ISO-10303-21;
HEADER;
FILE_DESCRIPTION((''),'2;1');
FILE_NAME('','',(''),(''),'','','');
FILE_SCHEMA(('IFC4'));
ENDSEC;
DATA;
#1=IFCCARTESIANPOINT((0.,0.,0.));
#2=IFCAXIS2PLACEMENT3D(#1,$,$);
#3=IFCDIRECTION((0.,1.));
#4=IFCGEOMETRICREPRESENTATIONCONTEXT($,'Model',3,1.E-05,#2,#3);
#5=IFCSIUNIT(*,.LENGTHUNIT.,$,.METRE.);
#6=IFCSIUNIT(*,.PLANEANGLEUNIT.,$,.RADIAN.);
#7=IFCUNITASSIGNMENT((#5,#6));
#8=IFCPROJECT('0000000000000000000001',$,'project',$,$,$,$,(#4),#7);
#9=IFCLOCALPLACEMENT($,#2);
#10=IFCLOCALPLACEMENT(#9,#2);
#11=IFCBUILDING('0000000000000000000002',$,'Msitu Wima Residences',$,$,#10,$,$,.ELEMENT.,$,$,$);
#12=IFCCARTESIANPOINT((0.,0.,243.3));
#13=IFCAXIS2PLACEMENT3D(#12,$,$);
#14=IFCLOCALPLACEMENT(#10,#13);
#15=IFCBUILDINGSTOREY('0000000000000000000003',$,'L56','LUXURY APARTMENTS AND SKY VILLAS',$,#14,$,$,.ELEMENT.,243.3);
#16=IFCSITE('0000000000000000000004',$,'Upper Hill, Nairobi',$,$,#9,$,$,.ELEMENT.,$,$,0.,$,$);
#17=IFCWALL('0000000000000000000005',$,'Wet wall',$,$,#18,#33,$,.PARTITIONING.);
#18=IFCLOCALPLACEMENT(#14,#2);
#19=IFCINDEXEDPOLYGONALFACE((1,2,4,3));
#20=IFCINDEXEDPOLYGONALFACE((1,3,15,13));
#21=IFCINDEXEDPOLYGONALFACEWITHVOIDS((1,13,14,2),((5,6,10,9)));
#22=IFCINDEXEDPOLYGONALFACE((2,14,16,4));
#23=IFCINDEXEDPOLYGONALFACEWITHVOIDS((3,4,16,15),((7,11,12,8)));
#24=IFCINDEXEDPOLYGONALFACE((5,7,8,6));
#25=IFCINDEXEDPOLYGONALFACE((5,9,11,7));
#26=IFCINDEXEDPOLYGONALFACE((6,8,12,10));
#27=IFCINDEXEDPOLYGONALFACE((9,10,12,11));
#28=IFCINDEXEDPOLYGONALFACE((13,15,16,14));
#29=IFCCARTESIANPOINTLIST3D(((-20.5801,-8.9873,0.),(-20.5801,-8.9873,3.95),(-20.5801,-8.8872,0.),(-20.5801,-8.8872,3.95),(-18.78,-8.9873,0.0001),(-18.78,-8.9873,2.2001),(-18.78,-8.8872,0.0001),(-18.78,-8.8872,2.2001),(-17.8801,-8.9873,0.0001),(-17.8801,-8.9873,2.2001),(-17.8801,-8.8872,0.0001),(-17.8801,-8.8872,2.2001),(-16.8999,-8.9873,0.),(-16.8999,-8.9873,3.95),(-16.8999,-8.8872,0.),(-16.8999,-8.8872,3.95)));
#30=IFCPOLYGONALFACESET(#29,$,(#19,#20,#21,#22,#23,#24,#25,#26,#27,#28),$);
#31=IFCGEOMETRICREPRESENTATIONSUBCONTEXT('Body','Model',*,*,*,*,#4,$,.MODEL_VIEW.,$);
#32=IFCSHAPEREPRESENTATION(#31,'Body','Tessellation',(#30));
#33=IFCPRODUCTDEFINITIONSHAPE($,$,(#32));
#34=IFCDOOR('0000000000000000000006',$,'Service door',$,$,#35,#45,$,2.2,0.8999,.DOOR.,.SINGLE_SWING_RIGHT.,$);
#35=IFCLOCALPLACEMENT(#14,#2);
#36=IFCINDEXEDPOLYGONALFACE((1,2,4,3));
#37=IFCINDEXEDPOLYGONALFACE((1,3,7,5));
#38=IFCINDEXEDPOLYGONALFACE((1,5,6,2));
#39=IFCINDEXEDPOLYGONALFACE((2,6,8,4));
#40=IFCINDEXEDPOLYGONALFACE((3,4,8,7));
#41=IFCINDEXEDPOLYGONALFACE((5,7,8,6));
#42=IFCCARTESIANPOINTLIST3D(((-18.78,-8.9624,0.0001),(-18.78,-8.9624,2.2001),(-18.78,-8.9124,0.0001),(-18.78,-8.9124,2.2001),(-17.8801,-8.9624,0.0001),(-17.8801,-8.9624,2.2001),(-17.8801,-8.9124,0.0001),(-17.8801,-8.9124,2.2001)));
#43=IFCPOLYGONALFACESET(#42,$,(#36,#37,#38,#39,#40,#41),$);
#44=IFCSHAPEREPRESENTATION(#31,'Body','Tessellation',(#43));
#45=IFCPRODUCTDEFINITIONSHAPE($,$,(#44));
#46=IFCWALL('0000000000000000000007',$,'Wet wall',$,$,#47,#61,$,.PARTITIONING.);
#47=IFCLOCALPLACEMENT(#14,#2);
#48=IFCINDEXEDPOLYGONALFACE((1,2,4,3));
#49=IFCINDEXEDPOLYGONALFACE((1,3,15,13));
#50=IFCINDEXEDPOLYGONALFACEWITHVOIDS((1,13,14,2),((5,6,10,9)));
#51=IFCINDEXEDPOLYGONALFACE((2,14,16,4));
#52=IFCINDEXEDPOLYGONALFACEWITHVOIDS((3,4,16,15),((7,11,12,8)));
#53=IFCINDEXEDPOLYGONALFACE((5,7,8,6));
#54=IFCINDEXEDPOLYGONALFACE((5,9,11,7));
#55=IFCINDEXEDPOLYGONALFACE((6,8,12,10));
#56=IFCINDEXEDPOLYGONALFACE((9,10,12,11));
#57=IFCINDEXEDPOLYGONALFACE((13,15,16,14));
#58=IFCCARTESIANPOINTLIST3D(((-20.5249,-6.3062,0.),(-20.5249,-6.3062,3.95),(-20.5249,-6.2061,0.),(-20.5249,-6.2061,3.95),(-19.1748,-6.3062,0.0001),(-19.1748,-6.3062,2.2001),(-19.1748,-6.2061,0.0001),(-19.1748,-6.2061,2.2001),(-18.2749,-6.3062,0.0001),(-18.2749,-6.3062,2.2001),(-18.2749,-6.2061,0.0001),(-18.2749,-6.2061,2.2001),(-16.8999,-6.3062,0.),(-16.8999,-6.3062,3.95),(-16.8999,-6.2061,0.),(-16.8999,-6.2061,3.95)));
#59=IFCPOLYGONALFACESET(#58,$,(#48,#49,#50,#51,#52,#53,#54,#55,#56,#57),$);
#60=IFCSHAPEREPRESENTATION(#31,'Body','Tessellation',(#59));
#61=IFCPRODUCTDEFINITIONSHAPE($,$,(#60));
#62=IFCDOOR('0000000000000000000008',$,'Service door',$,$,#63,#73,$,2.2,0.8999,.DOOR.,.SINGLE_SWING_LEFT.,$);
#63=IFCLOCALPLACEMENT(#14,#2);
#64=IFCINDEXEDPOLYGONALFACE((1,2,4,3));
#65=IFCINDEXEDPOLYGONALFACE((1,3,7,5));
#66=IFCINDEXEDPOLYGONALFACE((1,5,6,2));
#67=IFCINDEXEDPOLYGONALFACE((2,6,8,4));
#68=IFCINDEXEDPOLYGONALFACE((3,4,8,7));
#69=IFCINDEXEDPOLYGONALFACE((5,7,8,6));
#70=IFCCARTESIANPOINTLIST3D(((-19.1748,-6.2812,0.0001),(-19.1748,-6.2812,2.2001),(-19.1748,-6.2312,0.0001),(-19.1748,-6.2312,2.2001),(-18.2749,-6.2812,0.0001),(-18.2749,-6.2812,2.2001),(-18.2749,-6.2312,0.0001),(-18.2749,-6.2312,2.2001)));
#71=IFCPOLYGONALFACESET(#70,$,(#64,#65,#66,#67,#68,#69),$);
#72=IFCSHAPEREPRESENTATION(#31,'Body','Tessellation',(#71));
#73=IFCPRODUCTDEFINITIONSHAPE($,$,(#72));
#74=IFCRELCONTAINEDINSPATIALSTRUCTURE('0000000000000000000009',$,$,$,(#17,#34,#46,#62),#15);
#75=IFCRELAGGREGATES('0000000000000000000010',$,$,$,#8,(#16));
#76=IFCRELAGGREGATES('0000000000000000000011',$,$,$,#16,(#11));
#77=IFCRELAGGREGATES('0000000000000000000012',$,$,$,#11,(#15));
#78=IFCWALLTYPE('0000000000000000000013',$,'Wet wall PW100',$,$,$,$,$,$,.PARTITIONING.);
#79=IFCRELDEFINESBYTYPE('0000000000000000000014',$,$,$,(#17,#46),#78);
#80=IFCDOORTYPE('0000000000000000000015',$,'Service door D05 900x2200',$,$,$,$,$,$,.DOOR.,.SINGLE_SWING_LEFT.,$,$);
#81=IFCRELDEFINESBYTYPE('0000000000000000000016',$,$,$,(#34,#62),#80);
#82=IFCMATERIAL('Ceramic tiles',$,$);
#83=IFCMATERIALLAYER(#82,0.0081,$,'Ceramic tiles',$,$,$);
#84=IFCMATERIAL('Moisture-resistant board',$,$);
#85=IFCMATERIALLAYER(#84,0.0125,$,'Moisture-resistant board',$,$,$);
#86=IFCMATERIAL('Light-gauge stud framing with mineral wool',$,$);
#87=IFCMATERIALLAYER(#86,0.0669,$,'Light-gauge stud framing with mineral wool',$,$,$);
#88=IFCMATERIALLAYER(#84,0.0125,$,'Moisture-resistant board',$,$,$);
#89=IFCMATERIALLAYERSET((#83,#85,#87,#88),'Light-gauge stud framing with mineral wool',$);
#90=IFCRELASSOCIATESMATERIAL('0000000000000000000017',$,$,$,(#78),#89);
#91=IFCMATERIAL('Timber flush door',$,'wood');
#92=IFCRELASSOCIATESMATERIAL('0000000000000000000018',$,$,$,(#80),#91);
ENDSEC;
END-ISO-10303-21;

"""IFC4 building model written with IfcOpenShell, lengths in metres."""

from ifc_helpers import new_model, si_unit, direction, frame, frame_2d, origin, place, context, subcontext, project, spatial, rectangle, extrude, material, layer, layer_set, type_object, element, fill, save


model = new_model("IFC4")

# Units and contexts
model_context = context("Model", 3, precision=1e-05, world=origin(), true_north=direction((0.0, 1.0)))
body_context = subcontext(model_context, "Body", "Model", "MODEL_VIEW")
ifc_project = project(units=[si_unit("LENGTHUNIT", "METRE"), si_unit("PLANEANGLEUNIT", "RADIAN")], contexts=[model_context])

# Site, building, storey
site_placement = place(None, origin())
site = spatial("IfcSite", under=ifc_project, at=site_placement, Name="Upper Hill, Nairobi", CompositionType="ELEMENT", RefElevation=0.0)
building_placement = place(site_placement, origin())
building = spatial("IfcBuilding", under=site, at=building_placement, Name="Msitu Wima Residences", CompositionType="ELEMENT")
storey_placement = place(building_placement, frame((0.0, 0.0, 243.3)))
storey = spatial("IfcBuildingStorey", under=building, at=storey_placement, Name="L56", Description="LUXURY APARTMENTS AND SKY VILLAS", CompositionType="ELEMENT", Elevation=243.3)

# Shared definitions
ifc_material_1 = material(Name="Timber flush door", Category="wood")

# Shared definitions
ifc_material_2 = material(Name="Ceramic tiles")
ifc_layer_1 = layer(ifc_material_2, 0.0081, Name="Ceramic tiles")
ifc_material_3 = material(Name="Moisture-resistant board")
ifc_layer_2 = layer(ifc_material_3, 0.0125, Name="Moisture-resistant board")
ifc_material_4 = material(Name="Light-gauge stud framing with mineral wool")
ifc_layer_3 = layer(ifc_material_4, 0.0669, Name="Light-gauge stud framing with mineral wool")
ifc_layer_4 = layer(ifc_material_3, 0.0125, Name="Moisture-resistant board")
ifc_layer_set_1 = layer_set([ifc_layer_1, ifc_layer_2, ifc_layer_3, ifc_layer_4], Name="Light-gauge stud framing with mineral wool")
wall_type_1 = type_object("IfcWallType", Name="Wet wall PW100", PredefinedType="PARTITIONING", material=ifc_layer_set_1)

# Walls, openings, doors
wall_1_placement = place(storey_placement, frame((-20.5801, -8.9373, 0.0), z_axis=(0.0, 0.0, 1.0), x_axis=(1.0, 0.0, 0.0)))
wall_1 = element("IfcWall", 1, at=wall_1_placement, inside=storey, type_object=wall_type_1, Name="Wet wall", PredefinedType="PARTITIONING", context=body_context, shape_type="SweptSolid", body=[
    extrude(rectangle(XDim=3.6802, YDim=0.1001, at=frame_2d((1.8401, 0.0))), origin(), (0.0, 0.0, 1.0), 3.95),
])
opening_1_placement = place(wall_1_placement, frame((1.8, 0.0, 0.0)))
opening_1 = element("IfcOpeningElement", 2, at=opening_1_placement, cuts=wall_1, PredefinedType="OPENING", context=body_context, shape_type="SweptSolid", body=[
    extrude(rectangle(XDim=0.8999, YDim=2.2, at=frame_2d((0.45, 1.1001))), frame((0.0, 0.0601, 0.0), z_axis=(0.0, -1.0, 0.0), x_axis=(1.0, 0.0, 0.0)), (0.0, 0.0, 1.0), 0.1201),
])
door_type_1 = type_object("IfcDoorType", Name="Service door D05 900x2200", OperationType="SINGLE_SWING_LEFT", PredefinedType="DOOR", material=ifc_material_1)
door_1_placement = place(opening_1_placement, origin())
door_1 = element("IfcDoor", 3, at=door_1_placement, inside=storey, type_object=door_type_1, Name="Service door", OperationType="SINGLE_SWING_RIGHT", OverallHeight=2.2, OverallWidth=0.8999, PredefinedType="DOOR", context=body_context, shape_type="SweptSolid", body=[
    extrude(rectangle(XDim=0.8999, YDim=2.2, at=frame_2d((0.45, 1.1001))), frame((0.0, 0.0249, 0.0), z_axis=(0.0, -1.0, 0.0), x_axis=(1.0, 0.0, 0.0)), (0.0, 0.0, 1.0), 0.05),
])
fill(opening_1, door_1)
wall_2_placement = place(storey_placement, frame((-20.5249, -6.2561, 0.0), z_axis=(0.0, 0.0, 1.0), x_axis=(1.0, 0.0, 0.0)))
wall_2 = element("IfcWall", 4, at=wall_2_placement, inside=storey, type_object=wall_type_1, Name="Wet wall", PredefinedType="PARTITIONING", context=body_context, shape_type="SweptSolid", body=[
    extrude(rectangle(XDim=3.625, YDim=0.1001, at=frame_2d((1.8125, 0.0))), origin(), (0.0, 0.0, 1.0), 3.95),
])
opening_2_placement = place(wall_2_placement, frame((1.3501, 0.0, 0.0)))
opening_2 = element("IfcOpeningElement", 5, at=opening_2_placement, cuts=wall_2, PredefinedType="OPENING", context=body_context, shape_type="SweptSolid", body=[
    extrude(rectangle(XDim=0.8999, YDim=2.2, at=frame_2d((0.45, 1.1001))), frame((0.0, 0.0601, 0.0), z_axis=(0.0, -1.0, 0.0), x_axis=(1.0, 0.0, 0.0)), (0.0, 0.0, 1.0), 0.1201),
])
door_2_placement = place(opening_2_placement, origin())
door_2 = element("IfcDoor", 6, at=door_2_placement, inside=storey, type_object=door_type_1, Name="Service door", OperationType="SINGLE_SWING_LEFT", OverallHeight=2.2, OverallWidth=0.8999, PredefinedType="DOOR", context=body_context, shape_type="SweptSolid", body=[
    extrude(rectangle(XDim=0.8999, YDim=2.2, at=frame_2d((0.45, 1.1001))), frame((0.0, 0.0249, 0.0), z_axis=(0.0, -1.0, 0.0), x_axis=(1.0, 0.0, 0.0)), (0.0, 0.0, 1.0), 0.05),
])
fill(opening_2, door_2)

save(model, "model.ifc")
